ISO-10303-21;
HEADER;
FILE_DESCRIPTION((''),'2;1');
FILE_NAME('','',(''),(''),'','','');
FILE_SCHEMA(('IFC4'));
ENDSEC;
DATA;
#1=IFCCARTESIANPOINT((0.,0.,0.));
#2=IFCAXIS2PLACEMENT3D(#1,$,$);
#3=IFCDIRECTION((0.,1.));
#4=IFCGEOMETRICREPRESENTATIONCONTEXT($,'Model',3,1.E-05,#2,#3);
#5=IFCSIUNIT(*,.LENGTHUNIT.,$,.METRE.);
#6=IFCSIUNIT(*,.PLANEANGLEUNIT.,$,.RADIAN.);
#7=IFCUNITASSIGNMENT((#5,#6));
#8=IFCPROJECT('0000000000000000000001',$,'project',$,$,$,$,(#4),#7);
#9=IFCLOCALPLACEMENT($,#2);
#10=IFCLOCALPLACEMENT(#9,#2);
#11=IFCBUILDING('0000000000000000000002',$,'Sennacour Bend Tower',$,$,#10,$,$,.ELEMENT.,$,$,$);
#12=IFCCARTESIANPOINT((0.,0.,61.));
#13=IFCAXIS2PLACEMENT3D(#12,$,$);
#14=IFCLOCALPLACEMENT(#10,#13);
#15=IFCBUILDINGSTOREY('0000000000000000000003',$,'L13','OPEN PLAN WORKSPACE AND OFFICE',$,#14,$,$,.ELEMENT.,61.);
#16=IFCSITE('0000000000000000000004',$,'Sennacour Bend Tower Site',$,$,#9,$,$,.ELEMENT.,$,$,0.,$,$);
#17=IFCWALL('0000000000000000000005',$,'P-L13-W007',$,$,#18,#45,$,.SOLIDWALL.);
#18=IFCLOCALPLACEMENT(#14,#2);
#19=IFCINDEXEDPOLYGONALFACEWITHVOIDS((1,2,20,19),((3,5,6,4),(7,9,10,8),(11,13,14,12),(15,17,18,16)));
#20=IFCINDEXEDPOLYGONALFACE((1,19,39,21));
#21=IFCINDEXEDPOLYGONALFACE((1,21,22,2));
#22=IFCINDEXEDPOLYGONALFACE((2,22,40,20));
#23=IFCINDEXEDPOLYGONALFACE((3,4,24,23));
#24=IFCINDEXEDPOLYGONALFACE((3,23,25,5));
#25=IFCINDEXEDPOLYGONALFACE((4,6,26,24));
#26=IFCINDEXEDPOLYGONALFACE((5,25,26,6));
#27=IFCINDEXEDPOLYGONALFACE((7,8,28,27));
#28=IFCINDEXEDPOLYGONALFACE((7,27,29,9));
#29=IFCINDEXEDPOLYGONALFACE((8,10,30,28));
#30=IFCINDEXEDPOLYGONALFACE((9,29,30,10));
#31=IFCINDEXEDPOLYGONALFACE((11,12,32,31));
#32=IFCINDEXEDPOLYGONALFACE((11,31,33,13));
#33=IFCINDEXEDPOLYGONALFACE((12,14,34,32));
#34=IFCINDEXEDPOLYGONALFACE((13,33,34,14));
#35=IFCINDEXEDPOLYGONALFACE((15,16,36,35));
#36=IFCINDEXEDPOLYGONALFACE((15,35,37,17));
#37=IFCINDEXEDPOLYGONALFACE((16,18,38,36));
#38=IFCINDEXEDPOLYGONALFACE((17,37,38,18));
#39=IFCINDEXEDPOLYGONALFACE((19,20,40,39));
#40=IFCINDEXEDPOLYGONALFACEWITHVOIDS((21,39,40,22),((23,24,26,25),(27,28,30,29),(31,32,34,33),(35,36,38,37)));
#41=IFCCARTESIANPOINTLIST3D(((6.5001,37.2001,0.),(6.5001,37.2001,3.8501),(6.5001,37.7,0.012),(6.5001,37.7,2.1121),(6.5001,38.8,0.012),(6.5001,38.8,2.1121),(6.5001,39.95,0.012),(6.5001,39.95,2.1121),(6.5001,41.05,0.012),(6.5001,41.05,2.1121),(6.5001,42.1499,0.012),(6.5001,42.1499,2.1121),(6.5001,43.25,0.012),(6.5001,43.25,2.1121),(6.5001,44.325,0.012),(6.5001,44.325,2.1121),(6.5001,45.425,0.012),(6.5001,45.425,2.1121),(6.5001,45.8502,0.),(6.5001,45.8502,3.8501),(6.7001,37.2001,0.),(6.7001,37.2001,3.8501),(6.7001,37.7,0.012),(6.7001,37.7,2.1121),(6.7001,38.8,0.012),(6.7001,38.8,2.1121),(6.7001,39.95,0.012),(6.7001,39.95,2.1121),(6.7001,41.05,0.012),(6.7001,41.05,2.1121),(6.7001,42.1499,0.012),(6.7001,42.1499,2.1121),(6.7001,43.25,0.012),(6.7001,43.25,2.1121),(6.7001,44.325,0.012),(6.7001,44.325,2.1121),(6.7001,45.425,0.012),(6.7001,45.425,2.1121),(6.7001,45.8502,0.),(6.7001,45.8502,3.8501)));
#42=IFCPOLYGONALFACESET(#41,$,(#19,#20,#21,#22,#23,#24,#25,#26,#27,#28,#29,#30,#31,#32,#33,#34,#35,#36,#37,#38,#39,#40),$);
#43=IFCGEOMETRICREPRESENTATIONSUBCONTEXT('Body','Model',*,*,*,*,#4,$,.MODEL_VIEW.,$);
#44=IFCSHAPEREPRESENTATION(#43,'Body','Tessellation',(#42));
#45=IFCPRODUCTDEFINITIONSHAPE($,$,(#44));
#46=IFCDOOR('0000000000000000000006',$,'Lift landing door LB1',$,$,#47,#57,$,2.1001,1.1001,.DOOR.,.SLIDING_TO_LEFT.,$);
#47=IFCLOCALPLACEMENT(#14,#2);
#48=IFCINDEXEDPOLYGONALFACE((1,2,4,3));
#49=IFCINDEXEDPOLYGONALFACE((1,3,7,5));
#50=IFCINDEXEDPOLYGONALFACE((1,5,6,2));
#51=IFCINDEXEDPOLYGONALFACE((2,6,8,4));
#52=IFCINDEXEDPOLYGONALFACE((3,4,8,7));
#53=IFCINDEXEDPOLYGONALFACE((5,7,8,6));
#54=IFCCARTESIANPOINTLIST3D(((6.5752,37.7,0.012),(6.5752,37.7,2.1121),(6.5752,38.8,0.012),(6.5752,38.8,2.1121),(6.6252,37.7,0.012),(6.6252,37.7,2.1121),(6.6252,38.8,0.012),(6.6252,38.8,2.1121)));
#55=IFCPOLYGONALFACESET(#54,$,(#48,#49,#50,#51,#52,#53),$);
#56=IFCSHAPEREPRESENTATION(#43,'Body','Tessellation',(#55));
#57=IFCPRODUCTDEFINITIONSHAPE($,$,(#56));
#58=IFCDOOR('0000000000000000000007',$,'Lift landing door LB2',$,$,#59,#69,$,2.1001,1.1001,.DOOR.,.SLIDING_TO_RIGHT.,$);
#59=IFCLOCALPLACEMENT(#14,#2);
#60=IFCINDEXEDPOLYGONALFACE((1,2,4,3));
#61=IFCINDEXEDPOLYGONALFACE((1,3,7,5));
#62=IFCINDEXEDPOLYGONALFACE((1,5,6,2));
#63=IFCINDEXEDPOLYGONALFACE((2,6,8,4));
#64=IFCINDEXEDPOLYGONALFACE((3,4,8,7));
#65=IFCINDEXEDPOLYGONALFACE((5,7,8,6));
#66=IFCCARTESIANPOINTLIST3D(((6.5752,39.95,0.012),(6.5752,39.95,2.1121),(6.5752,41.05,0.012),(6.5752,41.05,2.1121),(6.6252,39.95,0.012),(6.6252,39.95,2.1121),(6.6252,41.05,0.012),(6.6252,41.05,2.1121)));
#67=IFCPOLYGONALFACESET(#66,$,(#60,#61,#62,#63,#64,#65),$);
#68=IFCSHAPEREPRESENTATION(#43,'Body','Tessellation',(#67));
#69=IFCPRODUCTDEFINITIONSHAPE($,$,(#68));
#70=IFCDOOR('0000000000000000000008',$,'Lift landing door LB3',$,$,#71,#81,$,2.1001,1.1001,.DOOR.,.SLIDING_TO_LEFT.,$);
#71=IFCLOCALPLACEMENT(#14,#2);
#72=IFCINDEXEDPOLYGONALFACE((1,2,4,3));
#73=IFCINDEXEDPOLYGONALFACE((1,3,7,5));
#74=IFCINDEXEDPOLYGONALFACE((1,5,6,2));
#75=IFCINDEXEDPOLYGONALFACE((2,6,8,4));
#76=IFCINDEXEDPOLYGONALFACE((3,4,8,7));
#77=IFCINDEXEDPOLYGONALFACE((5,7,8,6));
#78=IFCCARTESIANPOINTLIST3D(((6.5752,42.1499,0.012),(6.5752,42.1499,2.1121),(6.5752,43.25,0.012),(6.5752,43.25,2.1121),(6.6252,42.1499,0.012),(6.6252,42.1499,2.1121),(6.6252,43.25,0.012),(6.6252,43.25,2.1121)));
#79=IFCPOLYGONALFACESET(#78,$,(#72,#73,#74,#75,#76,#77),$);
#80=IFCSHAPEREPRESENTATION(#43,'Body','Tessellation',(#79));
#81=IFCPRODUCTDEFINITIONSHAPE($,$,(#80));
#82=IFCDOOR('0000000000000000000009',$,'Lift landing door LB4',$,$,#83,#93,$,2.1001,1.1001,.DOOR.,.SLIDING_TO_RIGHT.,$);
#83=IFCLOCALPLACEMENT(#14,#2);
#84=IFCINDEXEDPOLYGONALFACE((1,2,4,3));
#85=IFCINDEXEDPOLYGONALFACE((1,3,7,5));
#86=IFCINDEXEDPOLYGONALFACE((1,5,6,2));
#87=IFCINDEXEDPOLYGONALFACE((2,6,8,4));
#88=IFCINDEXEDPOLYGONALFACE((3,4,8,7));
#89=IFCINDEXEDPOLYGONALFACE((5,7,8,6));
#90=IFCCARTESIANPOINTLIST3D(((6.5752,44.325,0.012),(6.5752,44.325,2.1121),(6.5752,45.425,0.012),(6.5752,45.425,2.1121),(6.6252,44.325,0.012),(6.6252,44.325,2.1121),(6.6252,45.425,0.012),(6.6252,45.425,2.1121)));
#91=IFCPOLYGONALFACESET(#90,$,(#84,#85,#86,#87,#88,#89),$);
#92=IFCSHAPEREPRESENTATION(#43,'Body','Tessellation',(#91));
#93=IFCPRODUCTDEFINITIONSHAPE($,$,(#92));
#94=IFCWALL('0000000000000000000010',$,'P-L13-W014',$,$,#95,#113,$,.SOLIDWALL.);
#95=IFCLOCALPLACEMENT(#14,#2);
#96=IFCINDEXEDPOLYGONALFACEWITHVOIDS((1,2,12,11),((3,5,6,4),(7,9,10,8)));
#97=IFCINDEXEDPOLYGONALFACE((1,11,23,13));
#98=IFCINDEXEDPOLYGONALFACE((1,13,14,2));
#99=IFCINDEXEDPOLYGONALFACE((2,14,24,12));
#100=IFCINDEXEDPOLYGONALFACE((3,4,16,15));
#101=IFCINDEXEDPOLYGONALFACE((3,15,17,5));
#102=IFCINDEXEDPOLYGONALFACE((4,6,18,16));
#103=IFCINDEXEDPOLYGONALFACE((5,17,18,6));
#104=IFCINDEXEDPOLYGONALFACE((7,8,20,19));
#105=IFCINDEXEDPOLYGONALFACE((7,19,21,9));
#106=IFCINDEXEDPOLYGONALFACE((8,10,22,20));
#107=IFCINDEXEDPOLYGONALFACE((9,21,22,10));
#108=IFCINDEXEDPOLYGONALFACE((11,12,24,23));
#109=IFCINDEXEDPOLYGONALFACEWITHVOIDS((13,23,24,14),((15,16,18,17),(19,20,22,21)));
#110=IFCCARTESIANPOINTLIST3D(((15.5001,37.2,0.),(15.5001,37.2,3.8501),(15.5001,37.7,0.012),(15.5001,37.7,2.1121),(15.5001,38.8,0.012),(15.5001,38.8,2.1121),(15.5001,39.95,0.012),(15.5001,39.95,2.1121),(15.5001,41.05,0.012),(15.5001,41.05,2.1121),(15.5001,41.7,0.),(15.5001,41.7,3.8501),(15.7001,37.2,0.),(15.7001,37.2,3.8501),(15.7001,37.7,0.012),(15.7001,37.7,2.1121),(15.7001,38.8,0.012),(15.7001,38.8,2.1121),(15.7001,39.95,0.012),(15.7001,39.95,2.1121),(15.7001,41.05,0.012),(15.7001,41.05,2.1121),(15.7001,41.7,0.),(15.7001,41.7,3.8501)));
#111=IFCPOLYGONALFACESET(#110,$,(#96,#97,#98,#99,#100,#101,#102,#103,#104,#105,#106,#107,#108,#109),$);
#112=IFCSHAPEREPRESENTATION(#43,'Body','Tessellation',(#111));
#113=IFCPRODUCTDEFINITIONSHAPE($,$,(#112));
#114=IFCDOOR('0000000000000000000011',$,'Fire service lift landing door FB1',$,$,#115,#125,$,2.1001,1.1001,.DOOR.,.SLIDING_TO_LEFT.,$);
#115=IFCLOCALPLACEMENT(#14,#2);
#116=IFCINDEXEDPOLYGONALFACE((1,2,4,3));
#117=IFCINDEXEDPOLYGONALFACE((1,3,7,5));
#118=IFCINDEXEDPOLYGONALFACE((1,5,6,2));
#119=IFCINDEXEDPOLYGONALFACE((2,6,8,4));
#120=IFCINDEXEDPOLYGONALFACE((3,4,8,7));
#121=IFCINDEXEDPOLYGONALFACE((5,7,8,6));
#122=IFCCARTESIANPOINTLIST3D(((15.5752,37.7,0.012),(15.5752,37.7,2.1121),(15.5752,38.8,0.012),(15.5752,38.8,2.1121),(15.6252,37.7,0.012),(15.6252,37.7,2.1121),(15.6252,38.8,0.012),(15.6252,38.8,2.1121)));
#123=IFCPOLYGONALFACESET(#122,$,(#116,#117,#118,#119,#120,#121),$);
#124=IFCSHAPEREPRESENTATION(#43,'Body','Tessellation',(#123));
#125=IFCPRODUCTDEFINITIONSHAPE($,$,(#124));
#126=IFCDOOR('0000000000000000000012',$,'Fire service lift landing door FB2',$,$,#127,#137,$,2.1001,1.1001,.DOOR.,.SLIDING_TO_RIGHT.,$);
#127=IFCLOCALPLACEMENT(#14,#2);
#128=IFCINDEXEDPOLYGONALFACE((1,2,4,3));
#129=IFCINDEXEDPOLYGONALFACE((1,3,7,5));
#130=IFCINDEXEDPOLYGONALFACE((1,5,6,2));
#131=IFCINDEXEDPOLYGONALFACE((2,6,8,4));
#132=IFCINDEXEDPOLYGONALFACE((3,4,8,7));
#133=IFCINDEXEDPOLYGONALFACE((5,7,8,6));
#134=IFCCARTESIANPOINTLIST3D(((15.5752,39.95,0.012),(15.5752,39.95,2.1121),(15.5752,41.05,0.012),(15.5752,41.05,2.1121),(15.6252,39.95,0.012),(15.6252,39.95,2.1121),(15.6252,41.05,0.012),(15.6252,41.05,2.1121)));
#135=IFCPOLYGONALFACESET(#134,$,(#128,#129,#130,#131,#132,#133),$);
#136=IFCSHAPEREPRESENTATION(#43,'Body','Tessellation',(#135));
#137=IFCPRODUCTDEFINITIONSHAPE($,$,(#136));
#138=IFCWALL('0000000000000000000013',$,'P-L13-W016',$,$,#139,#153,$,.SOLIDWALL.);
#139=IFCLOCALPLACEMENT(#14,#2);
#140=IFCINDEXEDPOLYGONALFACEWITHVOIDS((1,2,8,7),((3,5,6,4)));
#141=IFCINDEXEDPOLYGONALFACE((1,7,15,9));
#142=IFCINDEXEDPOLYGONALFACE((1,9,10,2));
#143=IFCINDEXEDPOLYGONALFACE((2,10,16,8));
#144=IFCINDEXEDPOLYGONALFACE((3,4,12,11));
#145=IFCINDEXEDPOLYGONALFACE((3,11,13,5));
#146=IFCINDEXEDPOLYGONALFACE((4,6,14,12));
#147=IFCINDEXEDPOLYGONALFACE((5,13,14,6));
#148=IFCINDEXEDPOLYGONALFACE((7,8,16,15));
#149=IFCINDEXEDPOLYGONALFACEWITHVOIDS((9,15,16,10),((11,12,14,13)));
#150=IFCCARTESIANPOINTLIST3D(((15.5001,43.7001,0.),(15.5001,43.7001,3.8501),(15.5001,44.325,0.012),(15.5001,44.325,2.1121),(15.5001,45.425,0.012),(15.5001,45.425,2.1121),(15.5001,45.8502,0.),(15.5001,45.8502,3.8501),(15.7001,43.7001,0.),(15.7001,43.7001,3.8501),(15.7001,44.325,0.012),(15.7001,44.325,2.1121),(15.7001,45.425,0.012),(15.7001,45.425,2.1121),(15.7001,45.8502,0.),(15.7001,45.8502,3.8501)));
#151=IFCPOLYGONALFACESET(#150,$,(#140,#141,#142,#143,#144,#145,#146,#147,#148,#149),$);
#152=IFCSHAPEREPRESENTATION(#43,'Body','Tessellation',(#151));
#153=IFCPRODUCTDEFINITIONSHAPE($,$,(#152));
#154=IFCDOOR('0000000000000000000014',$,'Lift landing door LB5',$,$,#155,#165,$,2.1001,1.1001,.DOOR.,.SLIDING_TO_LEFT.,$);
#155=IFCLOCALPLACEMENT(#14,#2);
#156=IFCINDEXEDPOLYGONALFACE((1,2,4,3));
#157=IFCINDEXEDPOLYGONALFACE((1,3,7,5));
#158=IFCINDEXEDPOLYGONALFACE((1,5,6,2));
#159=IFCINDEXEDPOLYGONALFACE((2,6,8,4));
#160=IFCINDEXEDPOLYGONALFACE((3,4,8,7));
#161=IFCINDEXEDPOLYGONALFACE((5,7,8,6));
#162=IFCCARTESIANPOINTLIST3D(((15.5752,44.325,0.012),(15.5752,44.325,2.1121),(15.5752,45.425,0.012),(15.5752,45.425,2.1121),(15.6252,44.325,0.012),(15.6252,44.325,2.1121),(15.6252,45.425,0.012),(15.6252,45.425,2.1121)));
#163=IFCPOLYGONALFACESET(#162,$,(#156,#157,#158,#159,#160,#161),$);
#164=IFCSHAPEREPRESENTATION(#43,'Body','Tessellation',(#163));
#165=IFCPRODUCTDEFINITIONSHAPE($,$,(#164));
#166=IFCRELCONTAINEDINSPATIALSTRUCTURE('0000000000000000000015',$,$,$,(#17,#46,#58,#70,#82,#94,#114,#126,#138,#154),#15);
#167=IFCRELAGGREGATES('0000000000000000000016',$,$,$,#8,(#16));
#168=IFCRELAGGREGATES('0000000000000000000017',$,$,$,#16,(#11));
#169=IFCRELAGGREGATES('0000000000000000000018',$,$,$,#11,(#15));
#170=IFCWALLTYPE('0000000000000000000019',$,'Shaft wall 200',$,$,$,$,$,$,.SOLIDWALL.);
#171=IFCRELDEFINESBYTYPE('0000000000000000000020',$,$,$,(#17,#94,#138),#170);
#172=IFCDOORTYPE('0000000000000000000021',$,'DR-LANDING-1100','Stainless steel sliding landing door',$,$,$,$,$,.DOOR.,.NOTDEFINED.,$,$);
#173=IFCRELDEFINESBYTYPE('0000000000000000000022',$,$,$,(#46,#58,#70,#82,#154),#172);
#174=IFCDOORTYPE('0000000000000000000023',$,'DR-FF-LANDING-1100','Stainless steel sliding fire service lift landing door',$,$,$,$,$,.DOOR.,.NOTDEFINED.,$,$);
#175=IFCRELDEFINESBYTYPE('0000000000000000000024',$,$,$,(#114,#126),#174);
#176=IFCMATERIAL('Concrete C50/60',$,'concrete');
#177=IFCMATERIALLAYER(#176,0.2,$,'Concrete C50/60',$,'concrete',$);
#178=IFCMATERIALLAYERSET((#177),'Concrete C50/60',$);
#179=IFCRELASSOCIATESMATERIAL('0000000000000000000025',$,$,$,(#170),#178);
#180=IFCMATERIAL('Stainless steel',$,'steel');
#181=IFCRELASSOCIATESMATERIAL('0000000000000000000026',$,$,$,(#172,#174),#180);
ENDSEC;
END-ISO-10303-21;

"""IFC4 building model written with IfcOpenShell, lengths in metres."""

from ifc_helpers import new_model, si_unit, direction, frame, frame_2d, origin, place, context, subcontext, project, spatial, rectangle, extrude, material, layer, layer_set, type_object, element, fill, save


model = new_model("IFC4")

# Units and contexts
model_context = context("Model", 3, precision=1e-05, world=origin(), true_north=direction((0.0, 1.0)))
body_context = subcontext(model_context, "Body", "Model", "MODEL_VIEW")
ifc_project = project(units=[si_unit("LENGTHUNIT", "METRE"), si_unit("PLANEANGLEUNIT", "RADIAN")], contexts=[model_context])

# Site, building, storey
site_placement = place(None, origin())
site = spatial("IfcSite", under=ifc_project, at=site_placement, Name="Sennacour Bend Tower Site", CompositionType="ELEMENT", RefElevation=0.0)
building_placement = place(site_placement, origin())
building = spatial("IfcBuilding", under=site, at=building_placement, Name="Sennacour Bend Tower", CompositionType="ELEMENT")
storey_placement = place(building_placement, frame((0.0, 0.0, 61.0)))
storey = spatial("IfcBuildingStorey", under=building, at=storey_placement, Name="L13", Description="OPEN PLAN WORKSPACE AND OFFICE", CompositionType="ELEMENT", Elevation=61.0)

# Walls, openings, doors
ifc_material_1 = material(Name="Concrete C50/60", Category="concrete")
ifc_layer_1 = layer(ifc_material_1, 0.2, Name="Concrete C50/60", Category="concrete")
ifc_layer_set_1 = layer_set([ifc_layer_1], Name="Concrete C50/60")
wall_type_1 = type_object("IfcWallType", Name="Shaft wall 200", PredefinedType="SOLIDWALL", material=ifc_layer_set_1)
wall_1_placement = place(storey_placement, frame((6.6001, 37.2, 0.0), z_axis=(0.0, 0.0, 1.0), x_axis=(0.0, 1.0, 0.0)))
wall_1 = element("IfcWall", 1, at=wall_1_placement, inside=storey, type_object=wall_type_1, Name="P-L13-W007", PredefinedType="SOLIDWALL", context=body_context, shape_type="SweptSolid", body=[
    extrude(rectangle(XDim=8.6501, YDim=0.2, at=frame_2d((4.3252, 0.0))), origin(), (0.0, 0.0, 1.0), 3.8501),
])
opening_1_placement = place(wall_1_placement, frame((0.5, 0.0, 0.012)))
opening_1 = element("IfcOpeningElement", 2, at=opening_1_placement, cuts=wall_1, PredefinedType="OPENING", context=body_context, shape_type="SweptSolid", body=[
    extrude(rectangle(XDim=1.1001, YDim=2.1001, at=frame_2d((0.55, 1.05))), frame((0.0, 0.1099, 0.0), z_axis=(0.0, -1.0, 0.0), x_axis=(1.0, 0.0, 0.0)), (0.0, 0.0, 1.0), 0.22),
])
opening_2_placement = place(wall_1_placement, frame((2.75, 0.0, 0.012)))
opening_2 = element("IfcOpeningElement", 3, at=opening_2_placement, cuts=wall_1, PredefinedType="OPENING", context=body_context, shape_type="SweptSolid", body=[
    extrude(rectangle(XDim=1.1001, YDim=2.1001, at=frame_2d((0.55, 1.05))), frame((0.0, 0.1099, 0.0), z_axis=(0.0, -1.0, 0.0), x_axis=(1.0, 0.0, 0.0)), (0.0, 0.0, 1.0), 0.22),
])
opening_3_placement = place(wall_1_placement, frame((4.95, 0.0, 0.012)))
opening_3 = element("IfcOpeningElement", 4, at=opening_3_placement, cuts=wall_1, PredefinedType="OPENING", context=body_context, shape_type="SweptSolid", body=[
    extrude(rectangle(XDim=1.1001, YDim=2.1001, at=frame_2d((0.55, 1.05))), frame((0.0, 0.1099, 0.0), z_axis=(0.0, -1.0, 0.0), x_axis=(1.0, 0.0, 0.0)), (0.0, 0.0, 1.0), 0.22),
])
opening_4_placement = place(wall_1_placement, frame((7.125, 0.0, 0.012)))
opening_4 = element("IfcOpeningElement", 5, at=opening_4_placement, cuts=wall_1, PredefinedType="OPENING", context=body_context, shape_type="SweptSolid", body=[
    extrude(rectangle(XDim=1.1001, YDim=2.1001, at=frame_2d((0.55, 1.05))), frame((0.0, 0.1099, 0.0), z_axis=(0.0, -1.0, 0.0), x_axis=(1.0, 0.0, 0.0)), (0.0, 0.0, 1.0), 0.22),
])
ifc_material_2 = material(Name="Stainless steel", Category="steel")
door_type_1 = type_object("IfcDoorType", Name="DR-LANDING-1100", Description="Stainless steel sliding landing door", OperationType="NOTDEFINED", PredefinedType="DOOR", material=ifc_material_2)
door_1_placement = place(opening_1_placement, origin())
door_1 = element("IfcDoor", 6, at=door_1_placement, inside=storey, type_object=door_type_1, Name="Lift landing door LB1", OperationType="SLIDING_TO_LEFT", OverallHeight=2.1001, OverallWidth=1.1001, PredefinedType="DOOR", context=body_context, shape_type="SweptSolid", body=[
    extrude(rectangle(XDim=1.1001, YDim=2.1001, at=frame_2d((0.55, 1.05))), frame((0.0, 0.0249, 0.0), z_axis=(0.0, -1.0, 0.0), x_axis=(1.0, 0.0, 0.0)), (0.0, 0.0, 1.0), 0.05),
])
fill(opening_1, door_1)
door_2_placement = place(opening_2_placement, origin())
door_2 = element("IfcDoor", 7, at=door_2_placement, inside=storey, type_object=door_type_1, Name="Lift landing door LB2", OperationType="SLIDING_TO_RIGHT", OverallHeight=2.1001, OverallWidth=1.1001, PredefinedType="DOOR", context=body_context, shape_type="SweptSolid", body=[
    extrude(rectangle(XDim=1.1001, YDim=2.1001, at=frame_2d((0.55, 1.05))), frame((0.0, 0.0249, 0.0), z_axis=(0.0, -1.0, 0.0), x_axis=(1.0, 0.0, 0.0)), (0.0, 0.0, 1.0), 0.05),
])
fill(opening_2, door_2)
door_3_placement = place(opening_3_placement, origin())
door_3 = element("IfcDoor", 8, at=door_3_placement, inside=storey, type_object=door_type_1, Name="Lift landing door LB3", OperationType="SLIDING_TO_LEFT", OverallHeight=2.1001, OverallWidth=1.1001, PredefinedType="DOOR", context=body_context, shape_type="SweptSolid", body=[
    extrude(rectangle(XDim=1.1001, YDim=2.1001, at=frame_2d((0.55, 1.05))), frame((0.0, 0.0249, 0.0), z_axis=(0.0, -1.0, 0.0), x_axis=(1.0, 0.0, 0.0)), (0.0, 0.0, 1.0), 0.05),
])
fill(opening_3, door_3)
door_4_placement = place(opening_4_placement, origin())
door_4 = element("IfcDoor", 9, at=door_4_placement, inside=storey, type_object=door_type_1, Name="Lift landing door LB4", OperationType="SLIDING_TO_RIGHT", OverallHeight=2.1001, OverallWidth=1.1001, PredefinedType="DOOR", context=body_context, shape_type="SweptSolid", body=[
    extrude(rectangle(XDim=1.1001, YDim=2.1001, at=frame_2d((0.55, 1.05))), frame((0.0, 0.0249, 0.0), z_axis=(0.0, -1.0, 0.0), x_axis=(1.0, 0.0, 0.0)), (0.0, 0.0, 1.0), 0.05),
])
fill(opening_4, door_4)
wall_2_placement = place(storey_placement, frame((15.6001, 37.2, 0.0), z_axis=(0.0, 0.0, 1.0), x_axis=(0.0, 1.0, 0.0)))
wall_2 = element("IfcWall", 10, at=wall_2_placement, inside=storey, type_object=wall_type_1, Name="P-L13-W014", PredefinedType="SOLIDWALL", context=body_context, shape_type="SweptSolid", body=[
    extrude(rectangle(XDim=4.5, YDim=0.2, at=frame_2d((2.25, 0.0))), origin(), (0.0, 0.0, 1.0), 3.8501),
])
opening_5_placement = place(wall_2_placement, frame((0.5, 0.0, 0.012)))
opening_5 = element("IfcOpeningElement", 11, at=opening_5_placement, cuts=wall_2, PredefinedType="OPENING", context=body_context, shape_type="SweptSolid", body=[
    extrude(rectangle(XDim=1.1001, YDim=2.1001, at=frame_2d((0.55, 1.05))), frame((0.0, 0.1099, 0.0), z_axis=(0.0, -1.0, 0.0), x_axis=(1.0, 0.0, 0.0)), (0.0, 0.0, 1.0), 0.22),
])
opening_6_placement = place(wall_2_placement, frame((2.75, 0.0, 0.012)))
opening_6 = element("IfcOpeningElement", 12, at=opening_6_placement, cuts=wall_2, PredefinedType="OPENING", context=body_context, shape_type="SweptSolid", body=[
    extrude(rectangle(XDim=1.1001, YDim=2.1001, at=frame_2d((0.55, 1.05))), frame((0.0, 0.1099, 0.0), z_axis=(0.0, -1.0, 0.0), x_axis=(1.0, 0.0, 0.0)), (0.0, 0.0, 1.0), 0.22),
])
door_type_2 = type_object("IfcDoorType", Name="DR-FF-LANDING-1100", Description="Stainless steel sliding fire service lift landing door", OperationType="NOTDEFINED", PredefinedType="DOOR", material=ifc_material_2)
door_5_placement = place(opening_5_placement, origin())
door_5 = element("IfcDoor", 13, at=door_5_placement, inside=storey, type_object=door_type_2, Name="Fire service lift landing door FB1", OperationType="SLIDING_TO_LEFT", OverallHeight=2.1001, OverallWidth=1.1001, PredefinedType="DOOR", context=body_context, shape_type="SweptSolid", body=[
    extrude(rectangle(XDim=1.1001, YDim=2.1001, at=frame_2d((0.55, 1.05))), frame((0.0, 0.0249, 0.0), z_axis=(0.0, -1.0, 0.0), x_axis=(1.0, 0.0, 0.0)), (0.0, 0.0, 1.0), 0.05),
])
fill(opening_5, door_5)
door_6_placement = place(opening_6_placement, origin())
door_6 = element("IfcDoor", 14, at=door_6_placement, inside=storey, type_object=door_type_2, Name="Fire service lift landing door FB2", OperationType="SLIDING_TO_RIGHT", OverallHeight=2.1001, OverallWidth=1.1001, PredefinedType="DOOR", context=body_context, shape_type="SweptSolid", body=[
    extrude(rectangle(XDim=1.1001, YDim=2.1001, at=frame_2d((0.55, 1.05))), frame((0.0, 0.0249, 0.0), z_axis=(0.0, -1.0, 0.0), x_axis=(1.0, 0.0, 0.0)), (0.0, 0.0, 1.0), 0.05),
])
fill(opening_6, door_6)

# Wall, opening, door
wall_3_placement = place(storey_placement, frame((15.6001, 43.7, 0.0), z_axis=(0.0, 0.0, 1.0), x_axis=(0.0, 1.0, 0.0)))
wall_3 = element("IfcWall", 15, at=wall_3_placement, inside=storey, type_object=wall_type_1, Name="P-L13-W016", PredefinedType="SOLIDWALL", context=body_context, shape_type="SweptSolid", body=[
    extrude(rectangle(XDim=2.1501, YDim=0.2, at=frame_2d((1.0752, 0.0))), origin(), (0.0, 0.0, 1.0), 3.8501),
])
opening_7_placement = place(wall_3_placement, frame((0.625, 0.0, 0.012)))
opening_7 = element("IfcOpeningElement", 16, at=opening_7_placement, cuts=wall_3, PredefinedType="OPENING", context=body_context, shape_type="SweptSolid", body=[
    extrude(rectangle(XDim=1.1001, YDim=2.1001, at=frame_2d((0.55, 1.05))), frame((0.0, 0.1099, 0.0), z_axis=(0.0, -1.0, 0.0), x_axis=(1.0, 0.0, 0.0)), (0.0, 0.0, 1.0), 0.22),
])
door_7_placement = place(opening_7_placement, origin())
door_7 = element("IfcDoor", 17, at=door_7_placement, inside=storey, type_object=door_type_1, Name="Lift landing door LB5", OperationType="SLIDING_TO_LEFT", OverallHeight=2.1001, OverallWidth=1.1001, PredefinedType="DOOR", context=body_context, shape_type="SweptSolid", body=[
    extrude(rectangle(XDim=1.1001, YDim=2.1001, at=frame_2d((0.55, 1.05))), frame((0.0, 0.0249, 0.0), z_axis=(0.0, -1.0, 0.0), x_axis=(1.0, 0.0, 0.0)), (0.0, 0.0, 1.0), 0.05),
])
fill(opening_7, door_7)

save(model, "model.ifc")
